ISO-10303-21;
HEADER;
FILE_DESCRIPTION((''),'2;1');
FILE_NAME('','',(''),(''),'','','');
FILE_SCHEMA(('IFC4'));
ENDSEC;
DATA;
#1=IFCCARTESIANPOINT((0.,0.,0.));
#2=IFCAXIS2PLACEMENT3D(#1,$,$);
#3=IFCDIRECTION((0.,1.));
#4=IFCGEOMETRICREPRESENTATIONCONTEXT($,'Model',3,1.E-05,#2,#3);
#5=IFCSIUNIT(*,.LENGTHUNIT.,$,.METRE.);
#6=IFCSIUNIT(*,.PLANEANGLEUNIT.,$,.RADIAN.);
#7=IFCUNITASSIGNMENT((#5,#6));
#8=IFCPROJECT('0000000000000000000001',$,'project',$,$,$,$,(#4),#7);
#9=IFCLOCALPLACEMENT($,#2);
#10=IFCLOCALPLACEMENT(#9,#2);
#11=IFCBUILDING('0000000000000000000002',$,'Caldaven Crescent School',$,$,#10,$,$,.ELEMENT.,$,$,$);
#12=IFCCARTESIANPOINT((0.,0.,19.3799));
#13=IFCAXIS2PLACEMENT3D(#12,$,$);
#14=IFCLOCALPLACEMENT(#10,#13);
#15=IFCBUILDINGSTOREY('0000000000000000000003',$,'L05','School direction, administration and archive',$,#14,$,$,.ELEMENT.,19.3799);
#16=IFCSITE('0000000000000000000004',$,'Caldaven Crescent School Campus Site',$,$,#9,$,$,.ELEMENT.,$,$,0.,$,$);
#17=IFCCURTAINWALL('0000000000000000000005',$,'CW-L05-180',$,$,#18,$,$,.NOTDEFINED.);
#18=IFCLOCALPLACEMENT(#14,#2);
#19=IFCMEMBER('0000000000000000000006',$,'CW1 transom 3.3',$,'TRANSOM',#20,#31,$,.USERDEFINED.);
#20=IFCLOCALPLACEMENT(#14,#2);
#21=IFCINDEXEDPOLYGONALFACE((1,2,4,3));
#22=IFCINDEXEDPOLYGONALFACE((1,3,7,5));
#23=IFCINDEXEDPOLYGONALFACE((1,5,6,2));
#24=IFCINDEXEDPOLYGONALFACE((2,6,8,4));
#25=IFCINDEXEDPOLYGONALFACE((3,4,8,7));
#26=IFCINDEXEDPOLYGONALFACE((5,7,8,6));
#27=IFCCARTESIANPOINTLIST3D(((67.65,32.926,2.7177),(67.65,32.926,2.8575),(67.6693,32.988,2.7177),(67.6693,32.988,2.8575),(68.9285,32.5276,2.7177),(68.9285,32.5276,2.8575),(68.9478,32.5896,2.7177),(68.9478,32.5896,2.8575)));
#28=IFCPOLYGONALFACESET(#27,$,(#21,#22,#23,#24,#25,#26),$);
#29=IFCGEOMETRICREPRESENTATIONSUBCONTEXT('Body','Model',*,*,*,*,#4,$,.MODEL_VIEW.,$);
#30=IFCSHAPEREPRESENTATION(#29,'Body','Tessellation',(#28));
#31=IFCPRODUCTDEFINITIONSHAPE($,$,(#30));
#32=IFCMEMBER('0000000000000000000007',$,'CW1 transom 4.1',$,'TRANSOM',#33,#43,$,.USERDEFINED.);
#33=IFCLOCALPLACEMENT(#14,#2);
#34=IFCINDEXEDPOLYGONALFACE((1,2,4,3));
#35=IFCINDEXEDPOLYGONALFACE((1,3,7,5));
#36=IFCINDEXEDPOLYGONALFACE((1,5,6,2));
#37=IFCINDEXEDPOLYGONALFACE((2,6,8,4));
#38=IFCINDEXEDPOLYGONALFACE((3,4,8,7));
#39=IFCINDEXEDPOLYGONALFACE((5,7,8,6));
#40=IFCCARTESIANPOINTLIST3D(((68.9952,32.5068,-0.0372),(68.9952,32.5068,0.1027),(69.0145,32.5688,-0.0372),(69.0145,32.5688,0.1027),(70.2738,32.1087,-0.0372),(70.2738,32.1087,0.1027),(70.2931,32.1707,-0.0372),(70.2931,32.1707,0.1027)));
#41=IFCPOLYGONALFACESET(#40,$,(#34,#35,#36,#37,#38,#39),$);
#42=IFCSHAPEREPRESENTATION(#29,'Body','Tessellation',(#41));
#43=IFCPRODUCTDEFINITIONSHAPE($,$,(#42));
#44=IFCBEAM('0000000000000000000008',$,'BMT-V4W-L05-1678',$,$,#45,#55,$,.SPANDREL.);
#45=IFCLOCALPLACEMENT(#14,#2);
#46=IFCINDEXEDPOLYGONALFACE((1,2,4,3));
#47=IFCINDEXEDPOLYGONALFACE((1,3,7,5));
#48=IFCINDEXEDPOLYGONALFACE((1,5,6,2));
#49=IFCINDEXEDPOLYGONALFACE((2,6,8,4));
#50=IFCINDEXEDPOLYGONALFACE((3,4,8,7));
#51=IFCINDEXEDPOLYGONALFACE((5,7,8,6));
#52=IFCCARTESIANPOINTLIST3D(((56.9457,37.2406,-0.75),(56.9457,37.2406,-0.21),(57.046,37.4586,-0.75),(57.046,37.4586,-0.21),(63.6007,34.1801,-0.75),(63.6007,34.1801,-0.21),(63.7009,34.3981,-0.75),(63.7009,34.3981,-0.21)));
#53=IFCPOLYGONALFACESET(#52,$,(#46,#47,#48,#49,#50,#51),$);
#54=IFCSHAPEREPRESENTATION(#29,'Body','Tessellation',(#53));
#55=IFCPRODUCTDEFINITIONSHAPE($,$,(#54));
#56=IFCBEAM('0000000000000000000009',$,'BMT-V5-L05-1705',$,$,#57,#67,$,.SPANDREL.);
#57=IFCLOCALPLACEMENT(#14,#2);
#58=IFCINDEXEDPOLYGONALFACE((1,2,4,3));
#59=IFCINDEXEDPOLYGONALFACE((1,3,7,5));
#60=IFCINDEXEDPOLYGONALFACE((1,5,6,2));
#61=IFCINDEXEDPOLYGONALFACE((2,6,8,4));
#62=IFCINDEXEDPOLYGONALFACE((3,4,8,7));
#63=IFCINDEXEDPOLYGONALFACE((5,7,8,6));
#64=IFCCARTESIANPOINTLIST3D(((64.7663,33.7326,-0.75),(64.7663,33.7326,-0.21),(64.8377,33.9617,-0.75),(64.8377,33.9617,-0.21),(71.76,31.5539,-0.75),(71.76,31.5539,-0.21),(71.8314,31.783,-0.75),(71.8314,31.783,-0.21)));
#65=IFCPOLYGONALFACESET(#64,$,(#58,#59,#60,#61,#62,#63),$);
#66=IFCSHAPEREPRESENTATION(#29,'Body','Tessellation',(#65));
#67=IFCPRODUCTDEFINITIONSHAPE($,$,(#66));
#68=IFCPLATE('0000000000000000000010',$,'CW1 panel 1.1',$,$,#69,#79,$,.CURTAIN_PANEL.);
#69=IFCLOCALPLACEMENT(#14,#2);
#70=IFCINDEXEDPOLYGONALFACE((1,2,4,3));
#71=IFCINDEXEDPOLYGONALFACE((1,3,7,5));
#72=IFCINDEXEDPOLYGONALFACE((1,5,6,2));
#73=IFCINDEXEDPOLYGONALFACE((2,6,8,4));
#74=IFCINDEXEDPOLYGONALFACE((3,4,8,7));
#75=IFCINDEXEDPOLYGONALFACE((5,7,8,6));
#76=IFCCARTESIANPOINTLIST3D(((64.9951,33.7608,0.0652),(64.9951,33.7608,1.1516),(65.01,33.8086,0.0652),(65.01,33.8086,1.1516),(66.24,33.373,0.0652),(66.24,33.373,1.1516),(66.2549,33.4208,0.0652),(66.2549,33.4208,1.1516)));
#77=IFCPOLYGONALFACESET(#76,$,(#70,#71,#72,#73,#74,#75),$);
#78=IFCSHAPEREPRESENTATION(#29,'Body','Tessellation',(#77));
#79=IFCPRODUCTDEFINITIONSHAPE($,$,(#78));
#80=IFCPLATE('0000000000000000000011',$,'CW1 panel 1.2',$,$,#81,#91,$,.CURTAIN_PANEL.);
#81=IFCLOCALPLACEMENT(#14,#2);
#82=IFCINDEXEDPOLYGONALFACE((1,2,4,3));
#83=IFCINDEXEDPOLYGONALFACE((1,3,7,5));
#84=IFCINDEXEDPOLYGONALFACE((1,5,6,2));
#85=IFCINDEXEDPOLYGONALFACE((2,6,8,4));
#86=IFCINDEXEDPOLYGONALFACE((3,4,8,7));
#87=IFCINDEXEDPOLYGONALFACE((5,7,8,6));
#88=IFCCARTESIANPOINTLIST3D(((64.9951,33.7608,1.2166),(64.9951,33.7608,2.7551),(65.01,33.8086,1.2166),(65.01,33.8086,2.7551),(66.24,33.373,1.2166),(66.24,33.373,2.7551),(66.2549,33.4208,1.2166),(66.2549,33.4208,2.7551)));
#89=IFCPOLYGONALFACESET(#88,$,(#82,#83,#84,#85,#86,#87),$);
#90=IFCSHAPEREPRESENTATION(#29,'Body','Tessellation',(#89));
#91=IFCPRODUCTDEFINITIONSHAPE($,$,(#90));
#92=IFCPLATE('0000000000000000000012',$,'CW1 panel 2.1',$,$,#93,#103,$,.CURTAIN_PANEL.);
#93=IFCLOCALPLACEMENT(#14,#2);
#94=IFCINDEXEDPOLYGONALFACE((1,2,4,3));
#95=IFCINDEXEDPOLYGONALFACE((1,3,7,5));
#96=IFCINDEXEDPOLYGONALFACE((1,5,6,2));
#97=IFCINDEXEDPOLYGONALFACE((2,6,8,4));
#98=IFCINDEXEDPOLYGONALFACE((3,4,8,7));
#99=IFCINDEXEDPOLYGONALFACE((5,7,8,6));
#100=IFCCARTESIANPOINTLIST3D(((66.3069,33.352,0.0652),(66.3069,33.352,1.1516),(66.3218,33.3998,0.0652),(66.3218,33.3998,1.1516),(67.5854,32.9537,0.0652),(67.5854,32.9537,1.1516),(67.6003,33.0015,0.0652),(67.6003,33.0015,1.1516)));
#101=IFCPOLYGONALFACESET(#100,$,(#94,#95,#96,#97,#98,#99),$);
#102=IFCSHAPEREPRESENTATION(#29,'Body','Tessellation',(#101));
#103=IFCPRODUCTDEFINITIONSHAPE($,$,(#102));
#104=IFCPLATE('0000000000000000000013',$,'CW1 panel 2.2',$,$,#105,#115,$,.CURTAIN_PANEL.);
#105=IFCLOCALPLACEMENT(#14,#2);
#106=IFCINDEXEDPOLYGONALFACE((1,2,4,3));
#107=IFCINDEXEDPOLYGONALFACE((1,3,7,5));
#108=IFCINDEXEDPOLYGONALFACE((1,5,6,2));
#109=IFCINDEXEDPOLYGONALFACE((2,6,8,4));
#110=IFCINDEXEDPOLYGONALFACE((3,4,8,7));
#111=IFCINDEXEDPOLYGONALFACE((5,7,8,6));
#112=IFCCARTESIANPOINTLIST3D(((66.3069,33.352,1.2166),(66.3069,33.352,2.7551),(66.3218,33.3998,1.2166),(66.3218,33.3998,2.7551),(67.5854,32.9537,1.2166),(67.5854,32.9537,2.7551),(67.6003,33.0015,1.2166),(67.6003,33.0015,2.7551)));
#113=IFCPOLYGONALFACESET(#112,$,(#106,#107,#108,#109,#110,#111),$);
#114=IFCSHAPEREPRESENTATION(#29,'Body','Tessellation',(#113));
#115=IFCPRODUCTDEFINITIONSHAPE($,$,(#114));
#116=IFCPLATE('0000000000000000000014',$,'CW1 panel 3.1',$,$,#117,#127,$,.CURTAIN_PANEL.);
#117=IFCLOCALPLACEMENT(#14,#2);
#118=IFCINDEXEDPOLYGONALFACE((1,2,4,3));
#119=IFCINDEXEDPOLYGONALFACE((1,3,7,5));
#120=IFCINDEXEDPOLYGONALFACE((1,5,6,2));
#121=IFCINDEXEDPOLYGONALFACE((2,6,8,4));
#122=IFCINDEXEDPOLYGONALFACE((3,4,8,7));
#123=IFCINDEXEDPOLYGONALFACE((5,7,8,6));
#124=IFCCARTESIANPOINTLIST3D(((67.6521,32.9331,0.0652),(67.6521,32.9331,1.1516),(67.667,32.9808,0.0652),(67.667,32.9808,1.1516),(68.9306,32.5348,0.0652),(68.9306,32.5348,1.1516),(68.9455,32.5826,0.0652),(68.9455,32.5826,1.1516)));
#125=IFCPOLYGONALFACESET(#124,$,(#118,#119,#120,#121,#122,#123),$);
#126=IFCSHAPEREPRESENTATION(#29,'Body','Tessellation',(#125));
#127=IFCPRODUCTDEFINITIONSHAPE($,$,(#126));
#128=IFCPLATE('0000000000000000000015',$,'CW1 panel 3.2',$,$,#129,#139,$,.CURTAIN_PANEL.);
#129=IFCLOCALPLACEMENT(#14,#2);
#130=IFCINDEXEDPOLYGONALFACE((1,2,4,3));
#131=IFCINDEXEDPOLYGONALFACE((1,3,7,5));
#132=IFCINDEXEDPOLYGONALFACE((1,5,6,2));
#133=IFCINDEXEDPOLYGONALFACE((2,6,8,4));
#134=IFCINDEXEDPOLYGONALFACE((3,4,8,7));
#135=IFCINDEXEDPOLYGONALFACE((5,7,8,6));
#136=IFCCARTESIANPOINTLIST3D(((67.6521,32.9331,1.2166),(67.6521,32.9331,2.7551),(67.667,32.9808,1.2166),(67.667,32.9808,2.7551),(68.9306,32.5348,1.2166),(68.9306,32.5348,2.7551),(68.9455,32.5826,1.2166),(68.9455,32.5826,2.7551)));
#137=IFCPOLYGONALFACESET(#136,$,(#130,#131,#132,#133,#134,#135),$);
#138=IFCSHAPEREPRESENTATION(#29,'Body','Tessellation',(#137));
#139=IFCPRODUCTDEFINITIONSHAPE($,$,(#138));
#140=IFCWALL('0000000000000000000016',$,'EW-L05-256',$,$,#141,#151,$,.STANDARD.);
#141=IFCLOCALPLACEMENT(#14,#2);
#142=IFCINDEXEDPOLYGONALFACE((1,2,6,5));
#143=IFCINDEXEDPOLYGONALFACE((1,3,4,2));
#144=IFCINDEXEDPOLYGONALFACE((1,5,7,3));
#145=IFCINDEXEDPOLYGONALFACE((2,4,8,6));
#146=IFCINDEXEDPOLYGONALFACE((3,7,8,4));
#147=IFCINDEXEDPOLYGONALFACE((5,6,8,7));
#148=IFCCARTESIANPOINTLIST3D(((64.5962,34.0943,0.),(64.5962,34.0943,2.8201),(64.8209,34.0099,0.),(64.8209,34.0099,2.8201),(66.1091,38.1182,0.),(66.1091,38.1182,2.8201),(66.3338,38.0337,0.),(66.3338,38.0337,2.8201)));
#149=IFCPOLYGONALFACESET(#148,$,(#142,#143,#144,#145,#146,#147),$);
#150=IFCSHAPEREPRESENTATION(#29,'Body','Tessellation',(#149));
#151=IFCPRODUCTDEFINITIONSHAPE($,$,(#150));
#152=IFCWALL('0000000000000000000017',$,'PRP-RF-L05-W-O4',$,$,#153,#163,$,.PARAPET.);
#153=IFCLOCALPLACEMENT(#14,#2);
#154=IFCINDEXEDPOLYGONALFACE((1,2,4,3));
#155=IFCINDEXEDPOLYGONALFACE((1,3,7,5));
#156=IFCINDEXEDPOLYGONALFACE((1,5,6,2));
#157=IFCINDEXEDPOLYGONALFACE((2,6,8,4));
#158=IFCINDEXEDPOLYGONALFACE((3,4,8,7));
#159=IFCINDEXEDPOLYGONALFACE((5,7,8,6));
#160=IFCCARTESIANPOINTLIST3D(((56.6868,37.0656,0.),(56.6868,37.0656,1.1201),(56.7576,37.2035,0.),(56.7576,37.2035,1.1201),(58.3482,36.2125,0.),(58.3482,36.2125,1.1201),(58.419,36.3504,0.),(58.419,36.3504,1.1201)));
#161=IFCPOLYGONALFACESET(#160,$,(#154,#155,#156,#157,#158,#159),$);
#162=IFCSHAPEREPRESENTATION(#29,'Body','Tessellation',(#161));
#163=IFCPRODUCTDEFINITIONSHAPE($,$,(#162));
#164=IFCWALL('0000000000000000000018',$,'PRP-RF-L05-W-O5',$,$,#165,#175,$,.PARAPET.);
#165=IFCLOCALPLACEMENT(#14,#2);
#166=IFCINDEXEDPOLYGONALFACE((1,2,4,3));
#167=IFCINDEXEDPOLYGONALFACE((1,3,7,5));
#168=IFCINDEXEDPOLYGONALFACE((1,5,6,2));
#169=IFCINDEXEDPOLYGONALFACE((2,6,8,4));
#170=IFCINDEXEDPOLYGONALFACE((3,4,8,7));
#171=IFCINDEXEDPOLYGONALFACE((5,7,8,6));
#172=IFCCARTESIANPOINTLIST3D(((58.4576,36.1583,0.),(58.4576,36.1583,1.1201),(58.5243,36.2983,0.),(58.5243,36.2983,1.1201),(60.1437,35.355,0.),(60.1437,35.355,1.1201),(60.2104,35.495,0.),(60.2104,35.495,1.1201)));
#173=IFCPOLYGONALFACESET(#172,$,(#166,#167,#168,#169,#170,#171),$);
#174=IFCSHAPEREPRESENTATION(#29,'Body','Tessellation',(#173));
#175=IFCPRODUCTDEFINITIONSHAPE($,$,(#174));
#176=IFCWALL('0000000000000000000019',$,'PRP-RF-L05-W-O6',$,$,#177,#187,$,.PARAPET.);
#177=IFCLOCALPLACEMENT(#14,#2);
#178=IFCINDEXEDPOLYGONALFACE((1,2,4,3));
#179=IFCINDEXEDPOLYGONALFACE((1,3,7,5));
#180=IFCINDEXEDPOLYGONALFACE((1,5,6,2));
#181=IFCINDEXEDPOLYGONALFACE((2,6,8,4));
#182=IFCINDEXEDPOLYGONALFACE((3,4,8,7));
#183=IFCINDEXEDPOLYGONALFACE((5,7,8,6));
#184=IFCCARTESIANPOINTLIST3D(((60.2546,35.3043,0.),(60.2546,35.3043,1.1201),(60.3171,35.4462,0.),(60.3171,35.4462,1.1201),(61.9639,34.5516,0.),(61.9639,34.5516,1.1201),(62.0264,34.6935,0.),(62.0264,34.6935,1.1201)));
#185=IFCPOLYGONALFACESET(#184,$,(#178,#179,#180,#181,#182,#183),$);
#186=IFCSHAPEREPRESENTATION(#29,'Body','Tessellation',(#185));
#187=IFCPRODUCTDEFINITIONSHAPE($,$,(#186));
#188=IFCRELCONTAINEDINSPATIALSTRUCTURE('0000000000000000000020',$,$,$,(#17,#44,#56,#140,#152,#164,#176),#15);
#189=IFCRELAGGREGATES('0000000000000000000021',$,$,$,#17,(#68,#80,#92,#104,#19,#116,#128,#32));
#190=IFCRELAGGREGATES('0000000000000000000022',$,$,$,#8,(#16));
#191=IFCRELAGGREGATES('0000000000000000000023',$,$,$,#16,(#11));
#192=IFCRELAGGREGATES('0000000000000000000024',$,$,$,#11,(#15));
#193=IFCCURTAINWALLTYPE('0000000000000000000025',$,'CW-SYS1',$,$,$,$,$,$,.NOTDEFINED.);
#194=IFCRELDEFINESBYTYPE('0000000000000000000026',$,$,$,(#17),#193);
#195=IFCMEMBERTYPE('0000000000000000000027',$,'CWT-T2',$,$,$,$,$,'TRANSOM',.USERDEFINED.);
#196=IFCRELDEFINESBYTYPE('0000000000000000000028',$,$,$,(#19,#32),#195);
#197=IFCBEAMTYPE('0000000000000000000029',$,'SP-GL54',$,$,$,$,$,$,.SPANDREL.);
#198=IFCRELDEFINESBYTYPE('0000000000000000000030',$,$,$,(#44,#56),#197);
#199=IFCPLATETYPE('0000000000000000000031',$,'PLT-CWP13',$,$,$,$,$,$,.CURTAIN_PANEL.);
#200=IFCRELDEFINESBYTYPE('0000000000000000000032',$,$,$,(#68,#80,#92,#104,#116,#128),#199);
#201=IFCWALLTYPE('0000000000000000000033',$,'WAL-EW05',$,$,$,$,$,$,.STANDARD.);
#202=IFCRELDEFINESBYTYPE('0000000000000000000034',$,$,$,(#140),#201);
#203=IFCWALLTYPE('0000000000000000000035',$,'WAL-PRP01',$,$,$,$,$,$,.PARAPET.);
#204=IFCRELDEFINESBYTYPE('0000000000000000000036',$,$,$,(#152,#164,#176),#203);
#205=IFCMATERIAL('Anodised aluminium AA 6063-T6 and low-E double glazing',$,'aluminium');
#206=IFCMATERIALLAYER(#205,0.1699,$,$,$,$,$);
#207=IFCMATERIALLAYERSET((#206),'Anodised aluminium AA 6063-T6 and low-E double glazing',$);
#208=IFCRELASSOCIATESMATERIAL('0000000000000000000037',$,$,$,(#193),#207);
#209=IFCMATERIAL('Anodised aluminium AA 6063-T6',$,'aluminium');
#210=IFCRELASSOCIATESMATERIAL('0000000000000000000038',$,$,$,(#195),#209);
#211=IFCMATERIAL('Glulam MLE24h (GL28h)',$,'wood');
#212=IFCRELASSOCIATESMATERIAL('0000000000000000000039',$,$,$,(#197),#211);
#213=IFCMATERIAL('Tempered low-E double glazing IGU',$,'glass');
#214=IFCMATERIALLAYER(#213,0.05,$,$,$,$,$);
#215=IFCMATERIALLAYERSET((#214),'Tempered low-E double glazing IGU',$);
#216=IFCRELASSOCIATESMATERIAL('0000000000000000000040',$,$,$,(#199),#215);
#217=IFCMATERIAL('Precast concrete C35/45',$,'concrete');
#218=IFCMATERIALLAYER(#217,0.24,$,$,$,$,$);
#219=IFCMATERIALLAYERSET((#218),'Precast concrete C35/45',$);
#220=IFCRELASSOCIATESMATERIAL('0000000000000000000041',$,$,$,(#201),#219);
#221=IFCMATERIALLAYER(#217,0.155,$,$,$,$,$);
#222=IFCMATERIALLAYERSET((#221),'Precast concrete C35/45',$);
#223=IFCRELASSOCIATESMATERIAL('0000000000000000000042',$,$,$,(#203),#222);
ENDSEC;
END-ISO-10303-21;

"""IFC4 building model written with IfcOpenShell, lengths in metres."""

from ifc_helpers import new_model, si_unit, direction, frame, frame_2d, origin, origin_2d, place, context, subcontext, project, spatial, rectangle, extrude, material, layer, layer_set, material_profile, profile_set, type_object, element, aggregate, save


model = new_model("IFC4")

# Units and contexts
model_context = context("Model", 3, precision=1e-05, world=origin(), true_north=direction((0.0, 1.0)))
body_context = subcontext(model_context, "Body", "Model", "MODEL_VIEW")
ifc_project = project(units=[si_unit("LENGTHUNIT", "METRE"), si_unit("PLANEANGLEUNIT", "RADIAN")], contexts=[model_context])

# Site, building, storey
site_placement = place(None, origin())
site = spatial("IfcSite", under=ifc_project, at=site_placement, Name="Caldaven Crescent School Campus Site", CompositionType="ELEMENT", RefElevation=0.0)
building_placement = place(site_placement, origin())
building = spatial("IfcBuilding", under=site, at=building_placement, Name="Caldaven Crescent School", CompositionType="ELEMENT")
storey_placement = place(building_placement, frame((0.0, 0.0, 19.3799)))
storey = spatial("IfcBuildingStorey", under=building, at=storey_placement, Name="L05", Description="School direction, administration and archive", CompositionType="ELEMENT", Elevation=19.3799)

# Shared definitions
ifc_material_1 = material(Name="Glulam MLE24h (GL28h)", Category="wood")

# Curtain wall, members
ifc_material_2 = material(Name="Anodised aluminium AA 6063-T6 and low-E double glazing", Category="aluminium")
ifc_layer_1 = layer(ifc_material_2, 0.1699)
ifc_layer_set_1 = layer_set([ifc_layer_1], Name="Anodised aluminium AA 6063-T6 and low-E double glazing")
curtain_wall_type = type_object("IfcCurtainWallType", Name="CW-SYS1", PredefinedType="NOTDEFINED", material=ifc_layer_set_1)
curtain_wall_placement = place(storey_placement, origin())
curtain_wall = element("IfcCurtainWall", 1, at=curtain_wall_placement, inside=storey, type_object=curtain_wall_type, Name="CW-L05-180", PredefinedType="NOTDEFINED")
ifc_material_3 = material(Name="Anodised aluminium AA 6063-T6", Category="aluminium")
ifc_material_profile_1 = material_profile(ifc_material_3, rectangle(XDim=0.0649, YDim=0.1399, at=origin_2d()), Name="CWT 65x140")
ifc_profile_set_1 = profile_set([ifc_material_profile_1], Name="Anodised aluminium AA 6063-T6")
member_type_1 = type_object("IfcMemberType", Name="CWT-T2", ElementType="TRANSOM", PredefinedType="USERDEFINED", material=ifc_profile_set_1)
member_1_placement = place(storey_placement, frame((67.6597, 32.957, 2.7876), z_axis=(0.954716, -0.297517, 0.0), x_axis=(0.297517, 0.954716, 0.0)))
member_1 = element("IfcMember", 2, at=member_1_placement, type_object=member_type_1, Name="CW1 transom 3.3", ObjectType="TRANSOM", PredefinedType="USERDEFINED", context=body_context, shape_type="SweptSolid", body=[
    extrude(rectangle(XDim=0.0649, YDim=0.1399, at=origin_2d()), origin(), (0.0, 0.0, 1.0), 1.3391),
])
member_2_placement = place(storey_placement, frame((69.0049, 32.5378, 0.0327), z_axis=(0.954768, -0.297351, 0.0), x_axis=(0.297351, 0.954768, 0.0)))
member_2 = element("IfcMember", 3, at=member_2_placement, type_object=member_type_1, Name="CW1 transom 4.1", ObjectType="TRANSOM", PredefinedType="USERDEFINED", context=body_context, shape_type="SweptSolid", body=[
    extrude(rectangle(XDim=0.0649, YDim=0.1399, at=origin_2d()), origin(), (0.0, 0.0, 1.0), 1.3391),
])

# Beams
ifc_material_profile_2 = material_profile(ifc_material_1, rectangle(XDim=0.24, YDim=0.54, at=origin_2d()), Name="MLE 240x540")
ifc_profile_set_2 = profile_set([ifc_material_profile_2], Name="Glulam MLE24h (GL28h)")
beam_type_1 = type_object("IfcBeamType", Name="SP-GL54", PredefinedType="SPANDREL", material=ifc_profile_set_2)
beam_1_placement = place(storey_placement, frame((56.9958, 37.3496, -0.48), z_axis=(0.90853, -0.417819, 0.0), x_axis=(0.417819, 0.90853, 0.0)))
element("IfcBeam", 4, at=beam_1_placement, inside=storey, type_object=beam_type_1, Name="BMT-V4W-L05-1678", PredefinedType="SPANDREL", context=body_context, shape_type="SweptSolid", body=[
    extrude(rectangle(XDim=0.24, YDim=0.54, at=origin_2d()), origin(), (0.0, 0.0, 1.0), 7.325),
])
beam_2_placement = place(storey_placement, frame((64.802, 33.8472, -0.48), z_axis=(0.954744, -0.297428, 0.0), x_axis=(0.297428, 0.954744, 0.0)))
element("IfcBeam", 5, at=beam_2_placement, inside=storey, type_object=beam_type_1, Name="BMT-V5-L05-1705", PredefinedType="SPANDREL", context=body_context, shape_type="SweptSolid", body=[
    extrude(rectangle(XDim=0.24, YDim=0.54, at=origin_2d()), origin(), (0.0, 0.0, 1.0), 7.3252),
])

# Plates
ifc_material_4 = material(Name="Tempered low-E double glazing IGU", Category="glass")
ifc_layer_2 = layer(ifc_material_4, 0.05)
ifc_layer_set_2 = layer_set([ifc_layer_2], Name="Tempered low-E double glazing IGU")
plate_type = type_object("IfcPlateType", Name="PLT-CWP13", PredefinedType="CURTAIN_PANEL", material=ifc_layer_set_2)
plate_1_placement = place(storey_placement, frame((65.625, 33.5908, 0.0652), z_axis=(0.0, 0.0, 1.0), x_axis=(0.954747, -0.297419, 0.0)))
plate_1 = element("IfcPlate", 6, at=plate_1_placement, type_object=plate_type, Name="CW1 panel 1.1", PredefinedType="CURTAIN_PANEL", context=body_context, shape_type="SweptSolid", body=[
    extrude(rectangle(XDim=1.304, YDim=0.05, at=origin_2d()), origin(), (0.0, 0.0, 1.0), 1.0864),
])
plate_2_placement = place(storey_placement, frame((65.625, 33.5908, 1.2166), z_axis=(0.0, 0.0, 1.0), x_axis=(0.954747, -0.297419, 0.0)))
plate_2 = element("IfcPlate", 7, at=plate_2_placement, type_object=plate_type, Name="CW1 panel 1.2", PredefinedType="CURTAIN_PANEL", context=body_context, shape_type="SweptSolid", body=[
    extrude(rectangle(XDim=1.304, YDim=0.05, at=origin_2d()), origin(), (0.0, 0.0, 1.0), 1.5386),
])
plate_3_placement = place(storey_placement, frame((66.9536, 33.1768, 0.0652), z_axis=(0.0, 0.0, 1.0), x_axis=(0.954747, -0.297419, 0.0)))
plate_3 = element("IfcPlate", 8, at=plate_3_placement, type_object=plate_type, Name="CW1 panel 2.1", PredefinedType="CURTAIN_PANEL", context=body_context, shape_type="SweptSolid", body=[
    extrude(rectangle(XDim=1.3391, YDim=0.05, at=origin_2d()), origin(), (0.0, 0.0, 1.0), 1.0864),
])
plate_4_placement = place(storey_placement, frame((66.9536, 33.1768, 1.2166), z_axis=(0.0, 0.0, 1.0), x_axis=(0.954747, -0.297419, 0.0)))
plate_4 = element("IfcPlate", 9, at=plate_4_placement, type_object=plate_type, Name="CW1 panel 2.2", PredefinedType="CURTAIN_PANEL", context=body_context, shape_type="SweptSolid", body=[
    extrude(rectangle(XDim=1.3391, YDim=0.05, at=origin_2d()), origin(), (0.0, 0.0, 1.0), 1.5386),
])
plate_5_placement = place(storey_placement, frame((68.2988, 32.7578, 0.0652), z_axis=(0.0, 0.0, 1.0), x_axis=(0.954747, -0.297419, 0.0)))
plate_5 = element("IfcPlate", 10, at=plate_5_placement, type_object=plate_type, Name="CW1 panel 3.1", PredefinedType="CURTAIN_PANEL", context=body_context, shape_type="SweptSolid", body=[
    extrude(rectangle(XDim=1.3391, YDim=0.05, at=origin_2d()), origin(), (0.0, 0.0, 1.0), 1.0864),
])
plate_6_placement = place(storey_placement, frame((68.2988, 32.7578, 1.2166), z_axis=(0.0, 0.0, 1.0), x_axis=(0.954747, -0.297419, 0.0)))
plate_6 = element("IfcPlate", 11, at=plate_6_placement, type_object=plate_type, Name="CW1 panel 3.2", PredefinedType="CURTAIN_PANEL", context=body_context, shape_type="SweptSolid", body=[
    extrude(rectangle(XDim=1.3391, YDim=0.05, at=origin_2d()), origin(), (0.0, 0.0, 1.0), 1.5386),
])
aggregate(curtain_wall, [plate_1, plate_2, plate_3, plate_4, member_1, plate_5, plate_6, member_2])

# Walls
ifc_material_5 = material(Name="Precast concrete C35/45", Category="concrete")
ifc_layer_3 = layer(ifc_material_5, 0.24)
ifc_layer_set_3 = layer_set([ifc_layer_3], Name="Precast concrete C35/45")
wall_type_1 = type_object("IfcWallType", Name="WAL-EW05", PredefinedType="STANDARD", material=ifc_layer_set_3)
wall_1_placement = place(storey_placement, frame((66.2214, 38.0759, 0.0), z_axis=(0.0, 0.0, 1.0), x_axis=(-0.351932, -0.936025, 0.0)))
element("IfcWall", 12, at=wall_1_placement, inside=storey, type_object=wall_type_1, Name="EW-L05-256", PredefinedType="STANDARD", context=body_context, shape_type="SweptSolid", body=[
    extrude(rectangle(XDim=4.2988, YDim=0.24, at=frame_2d((2.1494, 0.0))), origin(), (0.0, 0.0, 1.0), 2.8201),
])
ifc_layer_4 = layer(ifc_material_5, 0.155)
ifc_layer_set_4 = layer_set([ifc_layer_4], Name="Precast concrete C35/45")
wall_type_2 = type_object("IfcWallType", Name="WAL-PRP01", PredefinedType="PARAPET", material=ifc_layer_set_4)
for number, where, z_axis, x_axis, name in (
    (13, (56.7222, 37.1345, 0.0), (0.0, 0.0, 1.0), (0.889591, -0.456757, 0.0), "PRP-RF-L05-W-O4"),
    (14, (58.491, 36.2283, 0.0), (0.0, 0.0, 1.0), (0.902788, -0.430086, 0.0), "PRP-RF-L05-W-O5"),
    (15, (60.2859, 35.3752, 0.0), (0.0, 0.0, 1.0), (0.915192, -0.403019, 0.0), "PRP-RF-L05-W-O6"),
):
    element("IfcWall", number, at=place(storey_placement, frame(where, z_axis=z_axis, x_axis=x_axis)), inside=storey, type_object=wall_type_2, Name=name, PredefinedType="PARAPET", context=body_context, shape_type="SweptSolid", body=[
        extrude(rectangle(XDim=1.8677, YDim=0.155, at=frame_2d((0.9338, 0.0))), origin(), (0.0, 0.0, 1.0), 1.1201),
    ])

save(model, "model.ifc")
